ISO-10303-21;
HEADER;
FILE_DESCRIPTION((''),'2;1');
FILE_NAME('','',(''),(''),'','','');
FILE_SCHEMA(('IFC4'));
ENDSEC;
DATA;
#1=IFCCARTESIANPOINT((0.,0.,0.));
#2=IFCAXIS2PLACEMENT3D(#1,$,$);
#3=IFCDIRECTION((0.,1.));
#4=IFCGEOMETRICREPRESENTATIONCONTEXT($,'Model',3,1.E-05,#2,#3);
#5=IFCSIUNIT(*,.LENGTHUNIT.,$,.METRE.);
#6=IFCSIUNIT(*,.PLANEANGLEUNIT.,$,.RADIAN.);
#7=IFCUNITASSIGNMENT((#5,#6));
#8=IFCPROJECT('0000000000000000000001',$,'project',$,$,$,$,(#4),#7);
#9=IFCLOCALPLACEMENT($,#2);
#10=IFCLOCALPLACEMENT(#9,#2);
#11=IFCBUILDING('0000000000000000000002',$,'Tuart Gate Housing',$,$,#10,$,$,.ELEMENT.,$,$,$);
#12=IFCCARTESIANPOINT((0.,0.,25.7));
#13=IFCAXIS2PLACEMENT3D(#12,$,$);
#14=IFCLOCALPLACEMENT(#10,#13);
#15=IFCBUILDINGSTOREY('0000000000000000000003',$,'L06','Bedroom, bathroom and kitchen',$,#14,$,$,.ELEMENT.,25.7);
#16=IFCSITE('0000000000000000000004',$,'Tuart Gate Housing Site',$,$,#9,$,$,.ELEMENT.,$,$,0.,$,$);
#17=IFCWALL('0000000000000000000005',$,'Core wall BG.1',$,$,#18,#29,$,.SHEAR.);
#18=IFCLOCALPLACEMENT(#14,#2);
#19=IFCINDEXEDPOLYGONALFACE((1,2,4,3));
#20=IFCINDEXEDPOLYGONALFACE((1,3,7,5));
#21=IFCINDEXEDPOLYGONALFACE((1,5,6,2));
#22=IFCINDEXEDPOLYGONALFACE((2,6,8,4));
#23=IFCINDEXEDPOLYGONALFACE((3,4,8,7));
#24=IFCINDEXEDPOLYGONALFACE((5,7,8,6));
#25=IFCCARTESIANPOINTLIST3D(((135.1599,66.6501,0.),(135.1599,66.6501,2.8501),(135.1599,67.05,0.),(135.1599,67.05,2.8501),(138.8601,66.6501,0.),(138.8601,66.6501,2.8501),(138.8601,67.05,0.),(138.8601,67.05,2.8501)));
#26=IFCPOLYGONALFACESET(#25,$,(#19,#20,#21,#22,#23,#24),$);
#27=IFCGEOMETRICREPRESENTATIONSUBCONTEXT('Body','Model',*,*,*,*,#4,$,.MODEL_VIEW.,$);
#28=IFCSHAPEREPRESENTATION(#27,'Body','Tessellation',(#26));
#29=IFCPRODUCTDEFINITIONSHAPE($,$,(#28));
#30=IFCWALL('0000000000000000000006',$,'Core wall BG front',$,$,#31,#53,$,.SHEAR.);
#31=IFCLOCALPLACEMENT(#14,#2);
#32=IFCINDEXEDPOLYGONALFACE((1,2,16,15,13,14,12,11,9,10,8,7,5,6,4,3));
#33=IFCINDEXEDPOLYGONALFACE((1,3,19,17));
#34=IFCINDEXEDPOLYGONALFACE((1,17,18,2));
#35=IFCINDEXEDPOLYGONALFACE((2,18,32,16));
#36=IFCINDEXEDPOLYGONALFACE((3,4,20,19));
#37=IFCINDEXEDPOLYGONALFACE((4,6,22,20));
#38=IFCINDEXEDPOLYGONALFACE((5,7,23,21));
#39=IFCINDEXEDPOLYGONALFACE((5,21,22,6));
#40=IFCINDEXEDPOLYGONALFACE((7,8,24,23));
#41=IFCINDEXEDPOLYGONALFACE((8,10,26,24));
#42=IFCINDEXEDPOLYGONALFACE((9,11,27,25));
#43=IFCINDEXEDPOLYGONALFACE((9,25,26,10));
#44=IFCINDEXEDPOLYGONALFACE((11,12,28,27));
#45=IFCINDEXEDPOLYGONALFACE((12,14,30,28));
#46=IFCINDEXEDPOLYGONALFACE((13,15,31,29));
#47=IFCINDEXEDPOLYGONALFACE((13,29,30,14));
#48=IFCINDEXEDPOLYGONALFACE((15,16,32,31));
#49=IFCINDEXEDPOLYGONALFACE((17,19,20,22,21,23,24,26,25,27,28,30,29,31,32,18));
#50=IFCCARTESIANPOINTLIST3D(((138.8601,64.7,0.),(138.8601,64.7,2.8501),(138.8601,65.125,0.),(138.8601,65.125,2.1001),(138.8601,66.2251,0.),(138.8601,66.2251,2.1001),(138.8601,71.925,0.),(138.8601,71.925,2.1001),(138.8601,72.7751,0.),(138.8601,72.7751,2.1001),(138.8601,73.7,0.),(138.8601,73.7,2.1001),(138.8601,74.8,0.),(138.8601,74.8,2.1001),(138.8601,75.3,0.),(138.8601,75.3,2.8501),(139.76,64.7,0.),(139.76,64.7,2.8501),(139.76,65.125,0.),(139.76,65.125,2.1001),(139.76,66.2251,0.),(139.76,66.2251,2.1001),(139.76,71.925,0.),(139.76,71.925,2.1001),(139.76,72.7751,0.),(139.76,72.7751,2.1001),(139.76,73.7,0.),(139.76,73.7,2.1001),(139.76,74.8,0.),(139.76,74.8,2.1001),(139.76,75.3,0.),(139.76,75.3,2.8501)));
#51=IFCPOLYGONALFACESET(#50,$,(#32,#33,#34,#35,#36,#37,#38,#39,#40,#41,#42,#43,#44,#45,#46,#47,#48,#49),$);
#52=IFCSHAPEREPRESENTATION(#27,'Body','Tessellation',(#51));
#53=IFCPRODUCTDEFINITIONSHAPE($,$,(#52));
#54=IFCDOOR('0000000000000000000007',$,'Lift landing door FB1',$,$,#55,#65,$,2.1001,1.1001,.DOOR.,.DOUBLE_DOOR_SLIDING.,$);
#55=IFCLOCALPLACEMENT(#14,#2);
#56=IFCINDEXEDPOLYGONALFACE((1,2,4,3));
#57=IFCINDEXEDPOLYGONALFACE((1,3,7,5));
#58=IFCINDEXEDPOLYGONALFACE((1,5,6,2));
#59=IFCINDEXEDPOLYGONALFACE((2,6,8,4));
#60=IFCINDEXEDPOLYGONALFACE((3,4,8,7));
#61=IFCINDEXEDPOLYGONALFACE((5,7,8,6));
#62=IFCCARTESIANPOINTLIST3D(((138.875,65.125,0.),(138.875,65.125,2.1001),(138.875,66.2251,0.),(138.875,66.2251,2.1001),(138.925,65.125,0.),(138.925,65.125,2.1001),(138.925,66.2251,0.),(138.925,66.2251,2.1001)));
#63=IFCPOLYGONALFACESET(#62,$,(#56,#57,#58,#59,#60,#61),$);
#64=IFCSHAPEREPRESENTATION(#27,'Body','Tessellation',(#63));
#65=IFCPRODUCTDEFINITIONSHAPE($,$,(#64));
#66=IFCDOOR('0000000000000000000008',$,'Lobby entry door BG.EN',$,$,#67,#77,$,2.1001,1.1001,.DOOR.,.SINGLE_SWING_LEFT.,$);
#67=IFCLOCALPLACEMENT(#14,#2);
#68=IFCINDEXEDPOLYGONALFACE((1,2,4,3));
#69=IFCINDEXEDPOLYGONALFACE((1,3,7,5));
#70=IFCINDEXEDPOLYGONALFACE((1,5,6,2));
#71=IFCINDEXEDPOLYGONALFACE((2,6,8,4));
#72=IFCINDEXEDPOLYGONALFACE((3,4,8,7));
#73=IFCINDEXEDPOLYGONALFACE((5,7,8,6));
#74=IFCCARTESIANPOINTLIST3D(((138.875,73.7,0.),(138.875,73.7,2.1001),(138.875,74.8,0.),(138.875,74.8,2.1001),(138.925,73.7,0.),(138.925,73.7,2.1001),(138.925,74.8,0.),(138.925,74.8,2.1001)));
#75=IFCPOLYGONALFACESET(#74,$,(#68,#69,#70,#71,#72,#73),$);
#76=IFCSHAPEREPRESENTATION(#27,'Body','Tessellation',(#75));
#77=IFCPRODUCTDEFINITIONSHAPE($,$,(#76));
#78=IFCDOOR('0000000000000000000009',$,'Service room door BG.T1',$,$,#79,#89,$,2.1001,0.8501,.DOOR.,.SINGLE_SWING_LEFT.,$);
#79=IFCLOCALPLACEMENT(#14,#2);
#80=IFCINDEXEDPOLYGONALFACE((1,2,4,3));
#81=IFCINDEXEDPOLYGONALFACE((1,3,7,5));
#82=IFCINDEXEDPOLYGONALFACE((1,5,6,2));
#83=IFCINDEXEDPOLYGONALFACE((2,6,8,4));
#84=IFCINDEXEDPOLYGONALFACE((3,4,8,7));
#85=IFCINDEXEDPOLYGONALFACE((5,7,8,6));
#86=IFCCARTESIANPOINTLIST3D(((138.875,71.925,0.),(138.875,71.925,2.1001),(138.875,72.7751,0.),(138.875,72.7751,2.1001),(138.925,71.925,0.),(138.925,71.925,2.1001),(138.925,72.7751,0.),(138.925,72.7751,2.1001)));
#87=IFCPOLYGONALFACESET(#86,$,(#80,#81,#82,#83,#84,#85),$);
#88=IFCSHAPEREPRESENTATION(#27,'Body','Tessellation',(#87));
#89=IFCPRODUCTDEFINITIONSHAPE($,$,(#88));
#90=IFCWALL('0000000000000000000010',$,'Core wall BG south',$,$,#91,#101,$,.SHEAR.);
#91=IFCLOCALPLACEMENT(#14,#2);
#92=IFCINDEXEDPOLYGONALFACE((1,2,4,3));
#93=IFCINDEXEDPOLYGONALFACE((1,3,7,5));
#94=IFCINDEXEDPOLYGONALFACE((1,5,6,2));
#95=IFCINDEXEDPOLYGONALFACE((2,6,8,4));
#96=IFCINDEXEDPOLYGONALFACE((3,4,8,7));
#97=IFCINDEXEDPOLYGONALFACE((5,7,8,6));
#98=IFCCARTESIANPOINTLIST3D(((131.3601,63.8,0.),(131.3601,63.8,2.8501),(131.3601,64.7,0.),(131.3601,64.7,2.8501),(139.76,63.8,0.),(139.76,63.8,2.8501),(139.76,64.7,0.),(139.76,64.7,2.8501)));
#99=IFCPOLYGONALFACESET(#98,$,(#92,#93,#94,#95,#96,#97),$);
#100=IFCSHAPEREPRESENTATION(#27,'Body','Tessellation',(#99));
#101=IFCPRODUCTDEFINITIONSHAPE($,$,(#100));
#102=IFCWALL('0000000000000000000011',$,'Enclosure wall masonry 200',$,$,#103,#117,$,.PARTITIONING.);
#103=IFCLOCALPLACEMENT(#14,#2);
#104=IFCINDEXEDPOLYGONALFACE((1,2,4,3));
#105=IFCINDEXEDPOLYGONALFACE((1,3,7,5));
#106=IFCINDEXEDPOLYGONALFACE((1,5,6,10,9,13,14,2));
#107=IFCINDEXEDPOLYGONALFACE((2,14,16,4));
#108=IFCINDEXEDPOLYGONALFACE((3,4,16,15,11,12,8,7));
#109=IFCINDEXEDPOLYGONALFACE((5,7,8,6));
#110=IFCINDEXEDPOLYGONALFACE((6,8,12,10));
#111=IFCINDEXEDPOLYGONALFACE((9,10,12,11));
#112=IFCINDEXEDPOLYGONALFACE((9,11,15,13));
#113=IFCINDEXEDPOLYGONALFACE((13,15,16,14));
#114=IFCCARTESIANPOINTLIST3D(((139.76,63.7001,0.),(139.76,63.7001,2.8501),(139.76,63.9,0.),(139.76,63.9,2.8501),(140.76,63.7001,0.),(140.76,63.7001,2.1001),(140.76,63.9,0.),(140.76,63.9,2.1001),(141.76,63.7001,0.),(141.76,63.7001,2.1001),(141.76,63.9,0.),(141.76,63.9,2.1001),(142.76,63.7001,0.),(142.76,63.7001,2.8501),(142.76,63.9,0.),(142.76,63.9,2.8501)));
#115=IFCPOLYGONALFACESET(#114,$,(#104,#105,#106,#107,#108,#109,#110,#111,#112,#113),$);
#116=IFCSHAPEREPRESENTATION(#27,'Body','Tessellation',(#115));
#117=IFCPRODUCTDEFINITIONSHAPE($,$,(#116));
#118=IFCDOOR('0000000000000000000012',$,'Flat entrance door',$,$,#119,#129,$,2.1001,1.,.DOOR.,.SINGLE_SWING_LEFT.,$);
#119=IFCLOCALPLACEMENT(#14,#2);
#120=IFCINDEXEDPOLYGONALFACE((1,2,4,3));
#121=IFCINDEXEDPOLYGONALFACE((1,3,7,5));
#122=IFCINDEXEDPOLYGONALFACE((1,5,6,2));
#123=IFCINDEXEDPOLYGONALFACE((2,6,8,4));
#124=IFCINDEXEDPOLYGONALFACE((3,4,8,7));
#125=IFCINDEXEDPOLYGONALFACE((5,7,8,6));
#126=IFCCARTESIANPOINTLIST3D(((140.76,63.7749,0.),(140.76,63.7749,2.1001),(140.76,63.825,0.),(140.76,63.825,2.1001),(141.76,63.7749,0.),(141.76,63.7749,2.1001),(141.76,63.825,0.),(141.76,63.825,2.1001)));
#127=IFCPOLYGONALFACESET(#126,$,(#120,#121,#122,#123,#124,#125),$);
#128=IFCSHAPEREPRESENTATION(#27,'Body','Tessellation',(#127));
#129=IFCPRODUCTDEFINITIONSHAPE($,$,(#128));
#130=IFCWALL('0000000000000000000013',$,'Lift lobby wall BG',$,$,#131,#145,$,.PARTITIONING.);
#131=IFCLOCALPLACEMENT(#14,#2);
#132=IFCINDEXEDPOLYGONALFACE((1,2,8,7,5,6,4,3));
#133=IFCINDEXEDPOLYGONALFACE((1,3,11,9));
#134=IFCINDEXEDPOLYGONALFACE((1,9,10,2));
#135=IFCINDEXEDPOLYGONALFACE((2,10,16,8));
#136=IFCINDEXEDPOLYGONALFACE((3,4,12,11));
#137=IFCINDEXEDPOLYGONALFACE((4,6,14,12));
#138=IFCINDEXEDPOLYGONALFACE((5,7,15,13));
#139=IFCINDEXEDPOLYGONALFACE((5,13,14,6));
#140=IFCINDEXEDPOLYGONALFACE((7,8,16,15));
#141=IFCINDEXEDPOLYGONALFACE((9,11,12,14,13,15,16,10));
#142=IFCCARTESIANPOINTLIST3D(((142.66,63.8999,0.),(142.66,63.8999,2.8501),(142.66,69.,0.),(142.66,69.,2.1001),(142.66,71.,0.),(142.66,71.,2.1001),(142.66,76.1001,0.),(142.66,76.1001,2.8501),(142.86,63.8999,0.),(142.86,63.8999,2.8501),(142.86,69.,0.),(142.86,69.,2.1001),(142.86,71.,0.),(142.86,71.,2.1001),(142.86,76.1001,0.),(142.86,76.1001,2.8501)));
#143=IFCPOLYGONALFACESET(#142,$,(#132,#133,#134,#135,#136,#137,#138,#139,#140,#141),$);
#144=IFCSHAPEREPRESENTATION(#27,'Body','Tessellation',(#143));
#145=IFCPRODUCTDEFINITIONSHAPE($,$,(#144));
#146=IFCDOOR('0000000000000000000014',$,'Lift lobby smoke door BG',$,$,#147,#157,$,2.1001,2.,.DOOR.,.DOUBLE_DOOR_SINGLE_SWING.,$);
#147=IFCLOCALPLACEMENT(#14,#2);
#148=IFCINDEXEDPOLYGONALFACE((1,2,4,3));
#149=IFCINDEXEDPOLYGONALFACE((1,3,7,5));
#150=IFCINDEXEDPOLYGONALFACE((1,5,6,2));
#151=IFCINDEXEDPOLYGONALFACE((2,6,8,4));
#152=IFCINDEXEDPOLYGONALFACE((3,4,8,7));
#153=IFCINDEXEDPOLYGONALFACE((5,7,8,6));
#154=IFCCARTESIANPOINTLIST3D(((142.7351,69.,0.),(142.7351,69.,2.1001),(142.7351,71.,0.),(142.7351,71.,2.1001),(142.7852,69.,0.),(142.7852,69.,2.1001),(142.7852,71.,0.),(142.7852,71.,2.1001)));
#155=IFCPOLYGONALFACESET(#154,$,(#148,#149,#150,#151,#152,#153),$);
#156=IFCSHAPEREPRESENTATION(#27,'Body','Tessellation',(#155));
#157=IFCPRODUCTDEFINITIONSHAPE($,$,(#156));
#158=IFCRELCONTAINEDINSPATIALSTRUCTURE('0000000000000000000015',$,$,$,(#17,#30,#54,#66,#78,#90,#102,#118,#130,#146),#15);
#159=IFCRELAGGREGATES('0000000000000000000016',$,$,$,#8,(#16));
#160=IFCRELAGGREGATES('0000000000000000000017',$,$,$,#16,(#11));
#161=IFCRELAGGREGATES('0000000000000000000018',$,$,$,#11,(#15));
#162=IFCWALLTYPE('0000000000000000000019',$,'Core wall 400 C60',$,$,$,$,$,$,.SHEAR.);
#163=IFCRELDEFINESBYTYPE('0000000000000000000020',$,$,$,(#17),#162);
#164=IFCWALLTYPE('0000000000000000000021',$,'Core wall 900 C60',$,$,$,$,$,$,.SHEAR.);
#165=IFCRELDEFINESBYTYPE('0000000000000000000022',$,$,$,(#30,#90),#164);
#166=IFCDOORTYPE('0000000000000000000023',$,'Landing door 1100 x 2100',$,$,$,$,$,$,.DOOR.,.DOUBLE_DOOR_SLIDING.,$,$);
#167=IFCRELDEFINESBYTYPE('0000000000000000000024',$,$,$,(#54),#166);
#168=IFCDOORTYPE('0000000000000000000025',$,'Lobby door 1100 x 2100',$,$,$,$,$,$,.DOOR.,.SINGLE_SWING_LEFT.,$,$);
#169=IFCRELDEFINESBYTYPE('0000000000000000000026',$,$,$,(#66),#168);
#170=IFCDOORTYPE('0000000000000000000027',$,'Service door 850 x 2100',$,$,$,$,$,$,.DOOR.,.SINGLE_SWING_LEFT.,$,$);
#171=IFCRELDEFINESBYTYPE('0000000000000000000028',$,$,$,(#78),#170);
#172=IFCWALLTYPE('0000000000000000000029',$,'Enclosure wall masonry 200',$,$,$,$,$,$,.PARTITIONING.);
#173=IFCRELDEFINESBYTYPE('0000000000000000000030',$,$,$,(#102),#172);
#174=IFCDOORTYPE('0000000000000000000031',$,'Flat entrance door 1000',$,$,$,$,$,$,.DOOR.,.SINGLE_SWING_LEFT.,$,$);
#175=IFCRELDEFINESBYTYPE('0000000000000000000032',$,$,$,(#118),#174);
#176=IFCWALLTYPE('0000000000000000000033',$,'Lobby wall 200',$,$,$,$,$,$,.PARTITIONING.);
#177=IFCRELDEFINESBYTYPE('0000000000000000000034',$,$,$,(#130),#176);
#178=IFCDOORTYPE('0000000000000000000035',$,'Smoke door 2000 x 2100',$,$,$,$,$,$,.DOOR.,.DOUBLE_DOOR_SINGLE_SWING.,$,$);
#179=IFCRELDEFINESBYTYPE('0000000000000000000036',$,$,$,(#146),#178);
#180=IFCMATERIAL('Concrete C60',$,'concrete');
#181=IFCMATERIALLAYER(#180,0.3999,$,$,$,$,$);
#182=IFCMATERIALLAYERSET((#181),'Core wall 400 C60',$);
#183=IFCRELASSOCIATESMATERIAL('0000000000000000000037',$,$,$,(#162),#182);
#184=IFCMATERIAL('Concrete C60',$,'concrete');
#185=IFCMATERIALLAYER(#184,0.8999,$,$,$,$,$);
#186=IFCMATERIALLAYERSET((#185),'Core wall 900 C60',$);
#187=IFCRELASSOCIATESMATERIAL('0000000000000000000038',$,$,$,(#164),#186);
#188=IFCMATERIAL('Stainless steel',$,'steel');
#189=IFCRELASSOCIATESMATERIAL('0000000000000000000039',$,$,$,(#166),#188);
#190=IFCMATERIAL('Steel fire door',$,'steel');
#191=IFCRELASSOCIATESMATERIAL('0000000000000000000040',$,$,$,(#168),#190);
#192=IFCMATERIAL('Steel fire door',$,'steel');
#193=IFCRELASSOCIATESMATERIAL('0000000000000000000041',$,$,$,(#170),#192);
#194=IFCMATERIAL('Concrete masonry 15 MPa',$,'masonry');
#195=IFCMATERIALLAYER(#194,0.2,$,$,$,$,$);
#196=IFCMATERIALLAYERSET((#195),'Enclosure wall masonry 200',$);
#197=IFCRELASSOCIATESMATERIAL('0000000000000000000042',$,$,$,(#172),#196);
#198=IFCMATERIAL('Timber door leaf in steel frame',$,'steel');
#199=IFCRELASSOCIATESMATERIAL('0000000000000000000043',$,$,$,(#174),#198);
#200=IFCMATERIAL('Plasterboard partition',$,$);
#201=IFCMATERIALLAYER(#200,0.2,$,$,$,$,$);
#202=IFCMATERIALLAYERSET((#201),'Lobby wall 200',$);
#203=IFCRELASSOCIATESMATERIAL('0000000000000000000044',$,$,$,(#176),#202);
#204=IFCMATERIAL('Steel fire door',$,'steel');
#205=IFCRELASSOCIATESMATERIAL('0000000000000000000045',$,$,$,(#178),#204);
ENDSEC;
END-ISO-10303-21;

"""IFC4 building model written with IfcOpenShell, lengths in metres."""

from ifc_helpers import new_model, si_unit, direction, frame, frame_2d, origin, place, context, subcontext, project, spatial, rectangle, extrude, material, layer, layer_set, type_object, element, fill, save


model = new_model("IFC4")

# Units and contexts
model_context = context("Model", 3, precision=1e-05, world=origin(), true_north=direction((0.0, 1.0)))
body_context = subcontext(model_context, "Body", "Model", "MODEL_VIEW")
ifc_project = project(units=[si_unit("LENGTHUNIT", "METRE"), si_unit("PLANEANGLEUNIT", "RADIAN")], contexts=[model_context])

# Site, building, storey
site_placement = place(None, origin())
site = spatial("IfcSite", under=ifc_project, at=site_placement, Name="Tuart Gate Housing Site", CompositionType="ELEMENT", RefElevation=0.0)
building_placement = place(site_placement, origin())
building = spatial("IfcBuilding", under=site, at=building_placement, Name="Tuart Gate Housing", CompositionType="ELEMENT")
storey_placement = place(building_placement, frame((0.0, 0.0, 25.7)))
storey = spatial("IfcBuildingStorey", under=building, at=storey_placement, Name="L06", Description="Bedroom, bathroom and kitchen", CompositionType="ELEMENT", Elevation=25.7)

# Wall
ifc_material_1 = material(Name="Concrete C60", Category="concrete")
ifc_layer_1 = layer(ifc_material_1, 0.3999)
ifc_layer_set_1 = layer_set([ifc_layer_1], Name="Core wall 400 C60")
wall_type_1 = type_object("IfcWallType", Name="Core wall 400 C60", PredefinedType="SHEAR", material=ifc_layer_set_1)
wall_1_placement = place(storey_placement, frame((138.8601, 66.8501, 0.0), z_axis=(0.0, 0.0, 1.0), x_axis=(-1.0, 0.0, 0.0)))
element("IfcWall", 1, at=wall_1_placement, inside=storey, type_object=wall_type_1, Name="Core wall BG.1", PredefinedType="SHEAR", context=body_context, shape_type="SweptSolid", body=[
    extrude(rectangle(XDim=3.7002, YDim=0.3999, at=frame_2d((1.8501, 0.0))), origin(), (0.0, 0.0, 1.0), 2.8501),
])

# Wall, openings, doors
ifc_material_2 = material(Name="Concrete C60", Category="concrete")
ifc_layer_2 = layer(ifc_material_2, 0.8999)
ifc_layer_set_2 = layer_set([ifc_layer_2], Name="Core wall 900 C60")
wall_type_2 = type_object("IfcWallType", Name="Core wall 900 C60", PredefinedType="SHEAR", material=ifc_layer_set_2)
wall_2_placement = place(storey_placement, frame((139.3101, 64.7, 0.0), z_axis=(0.0, 0.0, 1.0), x_axis=(0.0, 1.0, 0.0)))
wall_2 = element("IfcWall", 2, at=wall_2_placement, inside=storey, type_object=wall_type_2, Name="Core wall BG front", PredefinedType="SHEAR", context=body_context, shape_type="SweptSolid", body=[
    extrude(rectangle(XDim=10.6001, YDim=0.8999, at=frame_2d((5.3, 0.0))), origin(), (0.0, 0.0, 1.0), 2.8501),
])
opening_1_placement = place(wall_2_placement, frame((0.425, 0.0, 0.0)))
opening_1 = element("IfcOpeningElement", 3, at=opening_1_placement, cuts=wall_2, PredefinedType="OPENING", context=body_context, shape_type="SweptSolid", body=[
    extrude(rectangle(XDim=1.1001, YDim=2.1001, at=frame_2d((0.55, 1.05))), frame((0.0, 0.46, 0.0), z_axis=(0.0, -1.0, 0.0), x_axis=(1.0, 0.0, 0.0)), (0.0, 0.0, 1.0), 0.9199),
])
opening_2_placement = place(wall_2_placement, frame((9.0, 0.0, 0.0)))
opening_2 = element("IfcOpeningElement", 4, at=opening_2_placement, cuts=wall_2, PredefinedType="OPENING", context=body_context, shape_type="SweptSolid", body=[
    extrude(rectangle(XDim=1.1001, YDim=2.1001, at=frame_2d((0.55, 1.05))), frame((0.0, 0.46, 0.0), z_axis=(0.0, -1.0, 0.0), x_axis=(1.0, 0.0, 0.0)), (0.0, 0.0, 1.0), 0.9199),
])
opening_3_placement = place(wall_2_placement, frame((7.2251, 0.0, 0.0)))
opening_3 = element("IfcOpeningElement", 5, at=opening_3_placement, cuts=wall_2, PredefinedType="OPENING", context=body_context, shape_type="SweptSolid", body=[
    extrude(rectangle(XDim=0.8501, YDim=2.1001, at=frame_2d((0.425, 1.05))), frame((0.0, 0.46, 0.0), z_axis=(0.0, -1.0, 0.0), x_axis=(1.0, 0.0, 0.0)), (0.0, 0.0, 1.0), 0.9199),
])
ifc_material_3 = material(Name="Stainless steel", Category="steel")
door_type_1 = type_object("IfcDoorType", Name="Landing door 1100 x 2100", OperationType="DOUBLE_DOOR_SLIDING", PredefinedType="DOOR", material=ifc_material_3)
door_1_placement = place(opening_1_placement, origin())
door_1 = element("IfcDoor", 6, at=door_1_placement, inside=storey, type_object=door_type_1, Name="Lift landing door FB1", OperationType="DOUBLE_DOOR_SLIDING", OverallHeight=2.1001, OverallWidth=1.1001, PredefinedType="DOOR", context=body_context, shape_type="SweptSolid", body=[
    extrude(rectangle(XDim=1.1001, YDim=2.1001, at=frame_2d((0.55, 1.05))), frame((0.0, 0.4351, 0.0), z_axis=(0.0, -1.0, 0.0), x_axis=(1.0, 0.0, 0.0)), (0.0, 0.0, 1.0), 0.05),
])
fill(opening_1, door_1)
ifc_material_4 = material(Name="Steel fire door", Category="steel")
door_type_2 = type_object("IfcDoorType", Name="Lobby door 1100 x 2100", OperationType="SINGLE_SWING_LEFT", PredefinedType="DOOR", material=ifc_material_4)
door_2_placement = place(opening_2_placement, origin())
door_2 = element("IfcDoor", 7, at=door_2_placement, inside=storey, type_object=door_type_2, Name="Lobby entry door BG.EN", OperationType="SINGLE_SWING_LEFT", OverallHeight=2.1001, OverallWidth=1.1001, PredefinedType="DOOR", context=body_context, shape_type="SweptSolid", body=[
    extrude(rectangle(XDim=1.1001, YDim=2.1001, at=frame_2d((0.55, 1.05))), frame((0.0, 0.4351, 0.0), z_axis=(0.0, -1.0, 0.0), x_axis=(1.0, 0.0, 0.0)), (0.0, 0.0, 1.0), 0.05),
])
fill(opening_2, door_2)
ifc_material_5 = material(Name="Steel fire door", Category="steel")
door_type_3 = type_object("IfcDoorType", Name="Service door 850 x 2100", OperationType="SINGLE_SWING_LEFT", PredefinedType="DOOR", material=ifc_material_5)
door_3_placement = place(opening_3_placement, origin())
door_3 = element("IfcDoor", 8, at=door_3_placement, inside=storey, type_object=door_type_3, Name="Service room door BG.T1", OperationType="SINGLE_SWING_LEFT", OverallHeight=2.1001, OverallWidth=0.8501, PredefinedType="DOOR", context=body_context, shape_type="SweptSolid", body=[
    extrude(rectangle(XDim=0.8501, YDim=2.1001, at=frame_2d((0.425, 1.05))), frame((0.0, 0.4351, 0.0), z_axis=(0.0, -1.0, 0.0), x_axis=(1.0, 0.0, 0.0)), (0.0, 0.0, 1.0), 0.05),
])
fill(opening_3, door_3)

# Wall
wall_3_placement = place(storey_placement, frame((139.76, 64.25, 0.0), z_axis=(0.0, 0.0, 1.0), x_axis=(-1.0, 0.0, 0.0)))
element("IfcWall", 9, at=wall_3_placement, inside=storey, type_object=wall_type_2, Name="Core wall BG south", PredefinedType="SHEAR", context=body_context, shape_type="SweptSolid", body=[
    extrude(rectangle(XDim=8.3999, YDim=0.8999, at=frame_2d((4.2, 0.0))), origin(), (0.0, 0.0, 1.0), 2.8501),
])

# Walls, openings, doors
ifc_material_6 = material(Name="Concrete masonry 15 MPa", Category="masonry")
ifc_layer_3 = layer(ifc_material_6, 0.2)
ifc_layer_set_3 = layer_set([ifc_layer_3], Name="Enclosure wall masonry 200")
wall_type_3 = type_object("IfcWallType", Name="Enclosure wall masonry 200", PredefinedType="PARTITIONING", material=ifc_layer_set_3)
wall_4_placement = place(storey_placement, frame((139.76, 63.8, 0.0), z_axis=(0.0, 0.0, 1.0), x_axis=(1.0, 0.0, 0.0)))
wall_4 = element("IfcWall", 10, at=wall_4_placement, inside=storey, type_object=wall_type_3, Name="Enclosure wall masonry 200", PredefinedType="PARTITIONING", context=body_context, shape_type="SweptSolid", body=[
    extrude(rectangle(XDim=3.0, YDim=0.2, at=frame_2d((1.5, 0.0))), origin(), (0.0, 0.0, 1.0), 2.8501),
])
opening_4_placement = place(wall_4_placement, frame((1.0, 0.0, 0.0)))
opening_4 = element("IfcOpeningElement", 11, at=opening_4_placement, cuts=wall_4, PredefinedType="OPENING", context=body_context, shape_type="SweptSolid", body=[
    extrude(rectangle(XDim=1.0, YDim=2.1001, at=frame_2d((0.5, 1.05))), frame((0.0, 0.1099, 0.0), z_axis=(0.0, -1.0, 0.0), x_axis=(1.0, 0.0, 0.0)), (0.0, 0.0, 1.0), 0.22),
])
ifc_material_7 = material(Name="Timber door leaf in steel frame", Category="steel")
door_type_4 = type_object("IfcDoorType", Name="Flat entrance door 1000", OperationType="SINGLE_SWING_LEFT", PredefinedType="DOOR", material=ifc_material_7)
door_4_placement = place(opening_4_placement, frame((1.0, 0.0, 0.0), z_axis=(0.0, 0.0, 1.0), x_axis=(-1.0, 0.0, 0.0)))
door_4 = element("IfcDoor", 12, at=door_4_placement, inside=storey, type_object=door_type_4, Name="Flat entrance door", OperationType="SINGLE_SWING_LEFT", OverallHeight=2.1001, OverallWidth=1.0, PredefinedType="DOOR", context=body_context, shape_type="SweptSolid", body=[
    extrude(rectangle(XDim=1.0, YDim=2.1001, at=frame_2d((0.5, 1.05))), frame((0.0, 0.0251, 0.0), z_axis=(0.0, -1.0, 0.0), x_axis=(1.0, 0.0, 0.0)), (0.0, 0.0, 1.0), 0.05),
])
fill(opening_4, door_4)
ifc_material_8 = material(Name="Plasterboard partition")
ifc_layer_4 = layer(ifc_material_8, 0.2)
ifc_layer_set_4 = layer_set([ifc_layer_4], Name="Lobby wall 200")
wall_type_4 = type_object("IfcWallType", Name="Lobby wall 200", PredefinedType="PARTITIONING", material=ifc_layer_set_4)
wall_5_placement = place(storey_placement, frame((142.76, 63.8999, 0.0), z_axis=(0.0, 0.0, 1.0), x_axis=(0.0, 1.0, 0.0)))
wall_5 = element("IfcWall", 13, at=wall_5_placement, inside=storey, type_object=wall_type_4, Name="Lift lobby wall BG", PredefinedType="PARTITIONING", context=body_context, shape_type="SweptSolid", body=[
    extrude(rectangle(XDim=12.2002, YDim=0.2, at=frame_2d((6.1001, 0.0))), origin(), (0.0, 0.0, 1.0), 2.8501),
])
opening_5_placement = place(wall_5_placement, frame((5.1001, 0.0, 0.0)))
opening_5 = element("IfcOpeningElement", 14, at=opening_5_placement, cuts=wall_5, PredefinedType="OPENING", context=body_context, shape_type="SweptSolid", body=[
    extrude(rectangle(XDim=2.0, YDim=2.1001, at=frame_2d((1.0, 1.05))), frame((0.0, 0.1099, 0.0), z_axis=(0.0, -1.0, 0.0), x_axis=(1.0, 0.0, 0.0)), (0.0, 0.0, 1.0), 0.22),
])
ifc_material_9 = material(Name="Steel fire door", Category="steel")
door_type_5 = type_object("IfcDoorType", Name="Smoke door 2000 x 2100", OperationType="DOUBLE_DOOR_SINGLE_SWING", PredefinedType="DOOR", material=ifc_material_9)
door_5_placement = place(opening_5_placement, origin())
door_5 = element("IfcDoor", 15, at=door_5_placement, inside=storey, type_object=door_type_5, Name="Lift lobby smoke door BG", OperationType="DOUBLE_DOOR_SINGLE_SWING", OverallHeight=2.1001, OverallWidth=2.0, PredefinedType="DOOR", context=body_context, shape_type="SweptSolid", body=[
    extrude(rectangle(XDim=2.0, YDim=2.1001, at=frame_2d((1.0, 1.05))), frame((0.0, 0.0249, 0.0), z_axis=(0.0, -1.0, 0.0), x_axis=(1.0, 0.0, 0.0)), (0.0, 0.0, 1.0), 0.05),
])
fill(opening_5, door_5)

save(model, "model.ifc")
